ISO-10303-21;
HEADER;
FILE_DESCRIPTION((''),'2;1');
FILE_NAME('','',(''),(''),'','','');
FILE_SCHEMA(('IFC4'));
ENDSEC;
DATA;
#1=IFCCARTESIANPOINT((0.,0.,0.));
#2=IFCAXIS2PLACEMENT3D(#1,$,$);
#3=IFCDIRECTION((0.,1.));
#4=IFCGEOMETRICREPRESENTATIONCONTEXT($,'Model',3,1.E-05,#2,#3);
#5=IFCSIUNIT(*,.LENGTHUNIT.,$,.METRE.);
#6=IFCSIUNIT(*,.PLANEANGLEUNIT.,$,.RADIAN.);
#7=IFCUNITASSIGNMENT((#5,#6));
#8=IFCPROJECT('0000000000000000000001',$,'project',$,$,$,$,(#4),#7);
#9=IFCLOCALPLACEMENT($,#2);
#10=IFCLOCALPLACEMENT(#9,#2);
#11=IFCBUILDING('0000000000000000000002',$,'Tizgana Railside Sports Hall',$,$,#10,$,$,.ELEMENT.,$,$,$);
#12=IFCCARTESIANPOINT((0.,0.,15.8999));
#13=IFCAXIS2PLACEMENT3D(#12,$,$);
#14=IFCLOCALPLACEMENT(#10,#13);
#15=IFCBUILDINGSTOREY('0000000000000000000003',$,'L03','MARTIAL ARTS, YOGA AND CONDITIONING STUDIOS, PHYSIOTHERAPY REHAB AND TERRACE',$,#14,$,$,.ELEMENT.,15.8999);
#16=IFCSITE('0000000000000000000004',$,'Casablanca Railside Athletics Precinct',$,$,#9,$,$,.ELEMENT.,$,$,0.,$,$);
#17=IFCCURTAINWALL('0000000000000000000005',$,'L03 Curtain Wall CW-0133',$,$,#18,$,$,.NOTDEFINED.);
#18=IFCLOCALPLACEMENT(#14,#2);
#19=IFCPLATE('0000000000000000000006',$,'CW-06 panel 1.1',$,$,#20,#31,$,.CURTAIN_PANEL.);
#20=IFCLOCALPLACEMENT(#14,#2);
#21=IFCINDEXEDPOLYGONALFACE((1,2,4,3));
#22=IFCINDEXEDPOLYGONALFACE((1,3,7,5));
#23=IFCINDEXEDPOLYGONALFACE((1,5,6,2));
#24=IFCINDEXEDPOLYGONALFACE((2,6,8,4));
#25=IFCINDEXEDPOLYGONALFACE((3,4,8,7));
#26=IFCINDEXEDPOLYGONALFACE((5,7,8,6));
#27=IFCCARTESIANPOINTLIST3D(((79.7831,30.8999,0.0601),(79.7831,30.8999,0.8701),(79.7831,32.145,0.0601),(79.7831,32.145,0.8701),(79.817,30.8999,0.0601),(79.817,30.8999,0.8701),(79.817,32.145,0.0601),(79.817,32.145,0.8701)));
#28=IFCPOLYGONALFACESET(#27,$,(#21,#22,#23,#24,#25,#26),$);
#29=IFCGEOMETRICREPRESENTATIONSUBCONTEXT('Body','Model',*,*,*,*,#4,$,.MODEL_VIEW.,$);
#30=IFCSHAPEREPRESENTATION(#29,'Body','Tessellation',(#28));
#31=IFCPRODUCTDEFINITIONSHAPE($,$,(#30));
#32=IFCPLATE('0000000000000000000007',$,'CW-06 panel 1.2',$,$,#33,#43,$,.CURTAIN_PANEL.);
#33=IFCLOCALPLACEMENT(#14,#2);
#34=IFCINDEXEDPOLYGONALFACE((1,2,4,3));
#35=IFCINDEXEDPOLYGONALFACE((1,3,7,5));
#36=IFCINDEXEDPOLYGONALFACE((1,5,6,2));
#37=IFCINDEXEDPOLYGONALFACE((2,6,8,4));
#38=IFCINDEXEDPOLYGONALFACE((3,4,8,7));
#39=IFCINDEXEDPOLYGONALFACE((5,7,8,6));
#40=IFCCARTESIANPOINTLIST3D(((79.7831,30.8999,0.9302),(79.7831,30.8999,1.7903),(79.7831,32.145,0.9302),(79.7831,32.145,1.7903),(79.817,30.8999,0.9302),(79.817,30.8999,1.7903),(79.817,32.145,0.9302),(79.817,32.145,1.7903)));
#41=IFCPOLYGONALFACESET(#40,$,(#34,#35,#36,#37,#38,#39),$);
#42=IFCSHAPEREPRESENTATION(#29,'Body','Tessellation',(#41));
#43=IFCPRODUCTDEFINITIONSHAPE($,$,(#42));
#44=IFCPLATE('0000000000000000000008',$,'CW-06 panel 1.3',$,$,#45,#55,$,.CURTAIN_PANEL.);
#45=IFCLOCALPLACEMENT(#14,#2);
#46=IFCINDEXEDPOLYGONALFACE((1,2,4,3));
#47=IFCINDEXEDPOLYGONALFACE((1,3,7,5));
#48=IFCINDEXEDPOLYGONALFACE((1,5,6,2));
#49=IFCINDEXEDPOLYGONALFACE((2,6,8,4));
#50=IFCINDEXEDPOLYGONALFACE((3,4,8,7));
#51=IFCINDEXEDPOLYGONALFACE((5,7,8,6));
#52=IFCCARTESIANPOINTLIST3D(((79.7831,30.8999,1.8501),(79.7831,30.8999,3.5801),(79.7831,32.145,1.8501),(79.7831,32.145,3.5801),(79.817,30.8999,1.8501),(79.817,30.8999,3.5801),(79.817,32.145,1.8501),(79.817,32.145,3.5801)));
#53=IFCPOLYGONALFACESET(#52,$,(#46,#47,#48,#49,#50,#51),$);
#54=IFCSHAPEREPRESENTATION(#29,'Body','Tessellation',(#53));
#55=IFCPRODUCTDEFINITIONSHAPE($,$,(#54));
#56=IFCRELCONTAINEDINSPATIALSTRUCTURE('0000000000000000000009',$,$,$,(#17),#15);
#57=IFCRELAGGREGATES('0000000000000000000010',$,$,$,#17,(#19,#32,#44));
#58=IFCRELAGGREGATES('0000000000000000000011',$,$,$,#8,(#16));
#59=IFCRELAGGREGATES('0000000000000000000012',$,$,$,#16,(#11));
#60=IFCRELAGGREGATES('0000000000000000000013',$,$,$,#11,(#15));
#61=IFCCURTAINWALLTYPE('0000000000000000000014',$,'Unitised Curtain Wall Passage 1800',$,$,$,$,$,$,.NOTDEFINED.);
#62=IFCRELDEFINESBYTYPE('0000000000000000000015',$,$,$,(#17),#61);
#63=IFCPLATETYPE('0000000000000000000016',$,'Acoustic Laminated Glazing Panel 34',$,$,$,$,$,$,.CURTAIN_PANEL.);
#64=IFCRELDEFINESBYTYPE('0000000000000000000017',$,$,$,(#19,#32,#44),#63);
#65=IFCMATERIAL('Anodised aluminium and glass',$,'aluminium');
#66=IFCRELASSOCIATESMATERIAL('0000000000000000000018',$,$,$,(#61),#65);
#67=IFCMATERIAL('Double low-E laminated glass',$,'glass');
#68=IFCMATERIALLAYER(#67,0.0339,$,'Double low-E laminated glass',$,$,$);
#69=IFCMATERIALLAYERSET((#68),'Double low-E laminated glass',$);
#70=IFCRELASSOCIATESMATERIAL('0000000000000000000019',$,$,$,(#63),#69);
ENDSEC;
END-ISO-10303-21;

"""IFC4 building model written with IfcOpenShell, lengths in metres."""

from ifc_helpers import new_model, si_unit, direction, frame, origin, origin_2d, place, context, subcontext, project, spatial, rectangle, extrude, material, layer, layer_set, type_object, element, aggregate, save


model = new_model("IFC4")

# Units and contexts
model_context = context("Model", 3, precision=1e-05, world=origin(), true_north=direction((0.0, 1.0)))
body_context = subcontext(model_context, "Body", "Model", "MODEL_VIEW")
ifc_project = project(units=[si_unit("LENGTHUNIT", "METRE"), si_unit("PLANEANGLEUNIT", "RADIAN")], contexts=[model_context])

# Site, building, storey
site_placement = place(None, origin())
site = spatial("IfcSite", under=ifc_project, at=site_placement, Name="Casablanca Railside Athletics Precinct", CompositionType="ELEMENT", RefElevation=0.0)
building_placement = place(site_placement, origin())
building = spatial("IfcBuilding", under=site, at=building_placement, Name="Tizgana Railside Sports Hall", CompositionType="ELEMENT")
storey_placement = place(building_placement, frame((0.0, 0.0, 15.8999)))
storey = spatial("IfcBuildingStorey", under=building, at=storey_placement, Name="L03", Description="MARTIAL ARTS, YOGA AND CONDITIONING STUDIOS, PHYSIOTHERAPY REHAB AND TERRACE", CompositionType="ELEMENT", Elevation=15.8999)

# Curtain wall, plates
ifc_material_1 = material(Name="Anodised aluminium and glass", Category="aluminium")
curtain_wall_type = type_object("IfcCurtainWallType", Name="Unitised Curtain Wall Passage 1800", PredefinedType="NOTDEFINED", material=ifc_material_1)
curtain_wall_placement = place(storey_placement, origin())
curtain_wall = element("IfcCurtainWall", 1, at=curtain_wall_placement, inside=storey, type_object=curtain_wall_type, Name="L03 Curtain Wall CW-0133", PredefinedType="NOTDEFINED")
ifc_material_2 = material(Name="Double low-E laminated glass", Category="glass")
ifc_layer = layer(ifc_material_2, 0.0339, Name="Double low-E laminated glass")
ifc_layer_set = layer_set([ifc_layer], Name="Double low-E laminated glass")
plate_type = type_object("IfcPlateType", Name="Acoustic Laminated Glazing Panel 34", PredefinedType="CURTAIN_PANEL", material=ifc_layer_set)
plate_1_placement = place(storey_placement, frame((79.8, 31.5225, 0.0601), z_axis=(0.0, 0.0, 1.0), x_axis=(0.0, -1.0, 0.0)))
plate_1 = element("IfcPlate", 2, at=plate_1_placement, type_object=plate_type, Name="CW-06 panel 1.1", PredefinedType="CURTAIN_PANEL", context=body_context, shape_type="SweptSolid", body=[
    extrude(rectangle(XDim=1.2451, YDim=0.0339, at=origin_2d()), origin(), (0.0, 0.0, 1.0), 0.8101),
])
plate_2_placement = place(storey_placement, frame((79.8, 31.5225, 0.9302), z_axis=(0.0, 0.0, 1.0), x_axis=(0.0, -1.0, 0.0)))
plate_2 = element("IfcPlate", 3, at=plate_2_placement, type_object=plate_type, Name="CW-06 panel 1.2", PredefinedType="CURTAIN_PANEL", context=body_context, shape_type="SweptSolid", body=[
    extrude(rectangle(XDim=1.2451, YDim=0.0339, at=origin_2d()), origin(), (0.0, 0.0, 1.0), 0.8601),
])
plate_3_placement = place(storey_placement, frame((79.8, 31.5225, 1.8501), z_axis=(0.0, 0.0, 1.0), x_axis=(0.0, -1.0, 0.0)))
plate_3 = element("IfcPlate", 4, at=plate_3_placement, type_object=plate_type, Name="CW-06 panel 1.3", PredefinedType="CURTAIN_PANEL", context=body_context, shape_type="SweptSolid", body=[
    extrude(rectangle(XDim=1.2451, YDim=0.0339, at=origin_2d()), origin(), (0.0, 0.0, 1.0), 1.73),
])
aggregate(curtain_wall, [plate_1, plate_2, plate_3])

save(model, "model.ifc")
